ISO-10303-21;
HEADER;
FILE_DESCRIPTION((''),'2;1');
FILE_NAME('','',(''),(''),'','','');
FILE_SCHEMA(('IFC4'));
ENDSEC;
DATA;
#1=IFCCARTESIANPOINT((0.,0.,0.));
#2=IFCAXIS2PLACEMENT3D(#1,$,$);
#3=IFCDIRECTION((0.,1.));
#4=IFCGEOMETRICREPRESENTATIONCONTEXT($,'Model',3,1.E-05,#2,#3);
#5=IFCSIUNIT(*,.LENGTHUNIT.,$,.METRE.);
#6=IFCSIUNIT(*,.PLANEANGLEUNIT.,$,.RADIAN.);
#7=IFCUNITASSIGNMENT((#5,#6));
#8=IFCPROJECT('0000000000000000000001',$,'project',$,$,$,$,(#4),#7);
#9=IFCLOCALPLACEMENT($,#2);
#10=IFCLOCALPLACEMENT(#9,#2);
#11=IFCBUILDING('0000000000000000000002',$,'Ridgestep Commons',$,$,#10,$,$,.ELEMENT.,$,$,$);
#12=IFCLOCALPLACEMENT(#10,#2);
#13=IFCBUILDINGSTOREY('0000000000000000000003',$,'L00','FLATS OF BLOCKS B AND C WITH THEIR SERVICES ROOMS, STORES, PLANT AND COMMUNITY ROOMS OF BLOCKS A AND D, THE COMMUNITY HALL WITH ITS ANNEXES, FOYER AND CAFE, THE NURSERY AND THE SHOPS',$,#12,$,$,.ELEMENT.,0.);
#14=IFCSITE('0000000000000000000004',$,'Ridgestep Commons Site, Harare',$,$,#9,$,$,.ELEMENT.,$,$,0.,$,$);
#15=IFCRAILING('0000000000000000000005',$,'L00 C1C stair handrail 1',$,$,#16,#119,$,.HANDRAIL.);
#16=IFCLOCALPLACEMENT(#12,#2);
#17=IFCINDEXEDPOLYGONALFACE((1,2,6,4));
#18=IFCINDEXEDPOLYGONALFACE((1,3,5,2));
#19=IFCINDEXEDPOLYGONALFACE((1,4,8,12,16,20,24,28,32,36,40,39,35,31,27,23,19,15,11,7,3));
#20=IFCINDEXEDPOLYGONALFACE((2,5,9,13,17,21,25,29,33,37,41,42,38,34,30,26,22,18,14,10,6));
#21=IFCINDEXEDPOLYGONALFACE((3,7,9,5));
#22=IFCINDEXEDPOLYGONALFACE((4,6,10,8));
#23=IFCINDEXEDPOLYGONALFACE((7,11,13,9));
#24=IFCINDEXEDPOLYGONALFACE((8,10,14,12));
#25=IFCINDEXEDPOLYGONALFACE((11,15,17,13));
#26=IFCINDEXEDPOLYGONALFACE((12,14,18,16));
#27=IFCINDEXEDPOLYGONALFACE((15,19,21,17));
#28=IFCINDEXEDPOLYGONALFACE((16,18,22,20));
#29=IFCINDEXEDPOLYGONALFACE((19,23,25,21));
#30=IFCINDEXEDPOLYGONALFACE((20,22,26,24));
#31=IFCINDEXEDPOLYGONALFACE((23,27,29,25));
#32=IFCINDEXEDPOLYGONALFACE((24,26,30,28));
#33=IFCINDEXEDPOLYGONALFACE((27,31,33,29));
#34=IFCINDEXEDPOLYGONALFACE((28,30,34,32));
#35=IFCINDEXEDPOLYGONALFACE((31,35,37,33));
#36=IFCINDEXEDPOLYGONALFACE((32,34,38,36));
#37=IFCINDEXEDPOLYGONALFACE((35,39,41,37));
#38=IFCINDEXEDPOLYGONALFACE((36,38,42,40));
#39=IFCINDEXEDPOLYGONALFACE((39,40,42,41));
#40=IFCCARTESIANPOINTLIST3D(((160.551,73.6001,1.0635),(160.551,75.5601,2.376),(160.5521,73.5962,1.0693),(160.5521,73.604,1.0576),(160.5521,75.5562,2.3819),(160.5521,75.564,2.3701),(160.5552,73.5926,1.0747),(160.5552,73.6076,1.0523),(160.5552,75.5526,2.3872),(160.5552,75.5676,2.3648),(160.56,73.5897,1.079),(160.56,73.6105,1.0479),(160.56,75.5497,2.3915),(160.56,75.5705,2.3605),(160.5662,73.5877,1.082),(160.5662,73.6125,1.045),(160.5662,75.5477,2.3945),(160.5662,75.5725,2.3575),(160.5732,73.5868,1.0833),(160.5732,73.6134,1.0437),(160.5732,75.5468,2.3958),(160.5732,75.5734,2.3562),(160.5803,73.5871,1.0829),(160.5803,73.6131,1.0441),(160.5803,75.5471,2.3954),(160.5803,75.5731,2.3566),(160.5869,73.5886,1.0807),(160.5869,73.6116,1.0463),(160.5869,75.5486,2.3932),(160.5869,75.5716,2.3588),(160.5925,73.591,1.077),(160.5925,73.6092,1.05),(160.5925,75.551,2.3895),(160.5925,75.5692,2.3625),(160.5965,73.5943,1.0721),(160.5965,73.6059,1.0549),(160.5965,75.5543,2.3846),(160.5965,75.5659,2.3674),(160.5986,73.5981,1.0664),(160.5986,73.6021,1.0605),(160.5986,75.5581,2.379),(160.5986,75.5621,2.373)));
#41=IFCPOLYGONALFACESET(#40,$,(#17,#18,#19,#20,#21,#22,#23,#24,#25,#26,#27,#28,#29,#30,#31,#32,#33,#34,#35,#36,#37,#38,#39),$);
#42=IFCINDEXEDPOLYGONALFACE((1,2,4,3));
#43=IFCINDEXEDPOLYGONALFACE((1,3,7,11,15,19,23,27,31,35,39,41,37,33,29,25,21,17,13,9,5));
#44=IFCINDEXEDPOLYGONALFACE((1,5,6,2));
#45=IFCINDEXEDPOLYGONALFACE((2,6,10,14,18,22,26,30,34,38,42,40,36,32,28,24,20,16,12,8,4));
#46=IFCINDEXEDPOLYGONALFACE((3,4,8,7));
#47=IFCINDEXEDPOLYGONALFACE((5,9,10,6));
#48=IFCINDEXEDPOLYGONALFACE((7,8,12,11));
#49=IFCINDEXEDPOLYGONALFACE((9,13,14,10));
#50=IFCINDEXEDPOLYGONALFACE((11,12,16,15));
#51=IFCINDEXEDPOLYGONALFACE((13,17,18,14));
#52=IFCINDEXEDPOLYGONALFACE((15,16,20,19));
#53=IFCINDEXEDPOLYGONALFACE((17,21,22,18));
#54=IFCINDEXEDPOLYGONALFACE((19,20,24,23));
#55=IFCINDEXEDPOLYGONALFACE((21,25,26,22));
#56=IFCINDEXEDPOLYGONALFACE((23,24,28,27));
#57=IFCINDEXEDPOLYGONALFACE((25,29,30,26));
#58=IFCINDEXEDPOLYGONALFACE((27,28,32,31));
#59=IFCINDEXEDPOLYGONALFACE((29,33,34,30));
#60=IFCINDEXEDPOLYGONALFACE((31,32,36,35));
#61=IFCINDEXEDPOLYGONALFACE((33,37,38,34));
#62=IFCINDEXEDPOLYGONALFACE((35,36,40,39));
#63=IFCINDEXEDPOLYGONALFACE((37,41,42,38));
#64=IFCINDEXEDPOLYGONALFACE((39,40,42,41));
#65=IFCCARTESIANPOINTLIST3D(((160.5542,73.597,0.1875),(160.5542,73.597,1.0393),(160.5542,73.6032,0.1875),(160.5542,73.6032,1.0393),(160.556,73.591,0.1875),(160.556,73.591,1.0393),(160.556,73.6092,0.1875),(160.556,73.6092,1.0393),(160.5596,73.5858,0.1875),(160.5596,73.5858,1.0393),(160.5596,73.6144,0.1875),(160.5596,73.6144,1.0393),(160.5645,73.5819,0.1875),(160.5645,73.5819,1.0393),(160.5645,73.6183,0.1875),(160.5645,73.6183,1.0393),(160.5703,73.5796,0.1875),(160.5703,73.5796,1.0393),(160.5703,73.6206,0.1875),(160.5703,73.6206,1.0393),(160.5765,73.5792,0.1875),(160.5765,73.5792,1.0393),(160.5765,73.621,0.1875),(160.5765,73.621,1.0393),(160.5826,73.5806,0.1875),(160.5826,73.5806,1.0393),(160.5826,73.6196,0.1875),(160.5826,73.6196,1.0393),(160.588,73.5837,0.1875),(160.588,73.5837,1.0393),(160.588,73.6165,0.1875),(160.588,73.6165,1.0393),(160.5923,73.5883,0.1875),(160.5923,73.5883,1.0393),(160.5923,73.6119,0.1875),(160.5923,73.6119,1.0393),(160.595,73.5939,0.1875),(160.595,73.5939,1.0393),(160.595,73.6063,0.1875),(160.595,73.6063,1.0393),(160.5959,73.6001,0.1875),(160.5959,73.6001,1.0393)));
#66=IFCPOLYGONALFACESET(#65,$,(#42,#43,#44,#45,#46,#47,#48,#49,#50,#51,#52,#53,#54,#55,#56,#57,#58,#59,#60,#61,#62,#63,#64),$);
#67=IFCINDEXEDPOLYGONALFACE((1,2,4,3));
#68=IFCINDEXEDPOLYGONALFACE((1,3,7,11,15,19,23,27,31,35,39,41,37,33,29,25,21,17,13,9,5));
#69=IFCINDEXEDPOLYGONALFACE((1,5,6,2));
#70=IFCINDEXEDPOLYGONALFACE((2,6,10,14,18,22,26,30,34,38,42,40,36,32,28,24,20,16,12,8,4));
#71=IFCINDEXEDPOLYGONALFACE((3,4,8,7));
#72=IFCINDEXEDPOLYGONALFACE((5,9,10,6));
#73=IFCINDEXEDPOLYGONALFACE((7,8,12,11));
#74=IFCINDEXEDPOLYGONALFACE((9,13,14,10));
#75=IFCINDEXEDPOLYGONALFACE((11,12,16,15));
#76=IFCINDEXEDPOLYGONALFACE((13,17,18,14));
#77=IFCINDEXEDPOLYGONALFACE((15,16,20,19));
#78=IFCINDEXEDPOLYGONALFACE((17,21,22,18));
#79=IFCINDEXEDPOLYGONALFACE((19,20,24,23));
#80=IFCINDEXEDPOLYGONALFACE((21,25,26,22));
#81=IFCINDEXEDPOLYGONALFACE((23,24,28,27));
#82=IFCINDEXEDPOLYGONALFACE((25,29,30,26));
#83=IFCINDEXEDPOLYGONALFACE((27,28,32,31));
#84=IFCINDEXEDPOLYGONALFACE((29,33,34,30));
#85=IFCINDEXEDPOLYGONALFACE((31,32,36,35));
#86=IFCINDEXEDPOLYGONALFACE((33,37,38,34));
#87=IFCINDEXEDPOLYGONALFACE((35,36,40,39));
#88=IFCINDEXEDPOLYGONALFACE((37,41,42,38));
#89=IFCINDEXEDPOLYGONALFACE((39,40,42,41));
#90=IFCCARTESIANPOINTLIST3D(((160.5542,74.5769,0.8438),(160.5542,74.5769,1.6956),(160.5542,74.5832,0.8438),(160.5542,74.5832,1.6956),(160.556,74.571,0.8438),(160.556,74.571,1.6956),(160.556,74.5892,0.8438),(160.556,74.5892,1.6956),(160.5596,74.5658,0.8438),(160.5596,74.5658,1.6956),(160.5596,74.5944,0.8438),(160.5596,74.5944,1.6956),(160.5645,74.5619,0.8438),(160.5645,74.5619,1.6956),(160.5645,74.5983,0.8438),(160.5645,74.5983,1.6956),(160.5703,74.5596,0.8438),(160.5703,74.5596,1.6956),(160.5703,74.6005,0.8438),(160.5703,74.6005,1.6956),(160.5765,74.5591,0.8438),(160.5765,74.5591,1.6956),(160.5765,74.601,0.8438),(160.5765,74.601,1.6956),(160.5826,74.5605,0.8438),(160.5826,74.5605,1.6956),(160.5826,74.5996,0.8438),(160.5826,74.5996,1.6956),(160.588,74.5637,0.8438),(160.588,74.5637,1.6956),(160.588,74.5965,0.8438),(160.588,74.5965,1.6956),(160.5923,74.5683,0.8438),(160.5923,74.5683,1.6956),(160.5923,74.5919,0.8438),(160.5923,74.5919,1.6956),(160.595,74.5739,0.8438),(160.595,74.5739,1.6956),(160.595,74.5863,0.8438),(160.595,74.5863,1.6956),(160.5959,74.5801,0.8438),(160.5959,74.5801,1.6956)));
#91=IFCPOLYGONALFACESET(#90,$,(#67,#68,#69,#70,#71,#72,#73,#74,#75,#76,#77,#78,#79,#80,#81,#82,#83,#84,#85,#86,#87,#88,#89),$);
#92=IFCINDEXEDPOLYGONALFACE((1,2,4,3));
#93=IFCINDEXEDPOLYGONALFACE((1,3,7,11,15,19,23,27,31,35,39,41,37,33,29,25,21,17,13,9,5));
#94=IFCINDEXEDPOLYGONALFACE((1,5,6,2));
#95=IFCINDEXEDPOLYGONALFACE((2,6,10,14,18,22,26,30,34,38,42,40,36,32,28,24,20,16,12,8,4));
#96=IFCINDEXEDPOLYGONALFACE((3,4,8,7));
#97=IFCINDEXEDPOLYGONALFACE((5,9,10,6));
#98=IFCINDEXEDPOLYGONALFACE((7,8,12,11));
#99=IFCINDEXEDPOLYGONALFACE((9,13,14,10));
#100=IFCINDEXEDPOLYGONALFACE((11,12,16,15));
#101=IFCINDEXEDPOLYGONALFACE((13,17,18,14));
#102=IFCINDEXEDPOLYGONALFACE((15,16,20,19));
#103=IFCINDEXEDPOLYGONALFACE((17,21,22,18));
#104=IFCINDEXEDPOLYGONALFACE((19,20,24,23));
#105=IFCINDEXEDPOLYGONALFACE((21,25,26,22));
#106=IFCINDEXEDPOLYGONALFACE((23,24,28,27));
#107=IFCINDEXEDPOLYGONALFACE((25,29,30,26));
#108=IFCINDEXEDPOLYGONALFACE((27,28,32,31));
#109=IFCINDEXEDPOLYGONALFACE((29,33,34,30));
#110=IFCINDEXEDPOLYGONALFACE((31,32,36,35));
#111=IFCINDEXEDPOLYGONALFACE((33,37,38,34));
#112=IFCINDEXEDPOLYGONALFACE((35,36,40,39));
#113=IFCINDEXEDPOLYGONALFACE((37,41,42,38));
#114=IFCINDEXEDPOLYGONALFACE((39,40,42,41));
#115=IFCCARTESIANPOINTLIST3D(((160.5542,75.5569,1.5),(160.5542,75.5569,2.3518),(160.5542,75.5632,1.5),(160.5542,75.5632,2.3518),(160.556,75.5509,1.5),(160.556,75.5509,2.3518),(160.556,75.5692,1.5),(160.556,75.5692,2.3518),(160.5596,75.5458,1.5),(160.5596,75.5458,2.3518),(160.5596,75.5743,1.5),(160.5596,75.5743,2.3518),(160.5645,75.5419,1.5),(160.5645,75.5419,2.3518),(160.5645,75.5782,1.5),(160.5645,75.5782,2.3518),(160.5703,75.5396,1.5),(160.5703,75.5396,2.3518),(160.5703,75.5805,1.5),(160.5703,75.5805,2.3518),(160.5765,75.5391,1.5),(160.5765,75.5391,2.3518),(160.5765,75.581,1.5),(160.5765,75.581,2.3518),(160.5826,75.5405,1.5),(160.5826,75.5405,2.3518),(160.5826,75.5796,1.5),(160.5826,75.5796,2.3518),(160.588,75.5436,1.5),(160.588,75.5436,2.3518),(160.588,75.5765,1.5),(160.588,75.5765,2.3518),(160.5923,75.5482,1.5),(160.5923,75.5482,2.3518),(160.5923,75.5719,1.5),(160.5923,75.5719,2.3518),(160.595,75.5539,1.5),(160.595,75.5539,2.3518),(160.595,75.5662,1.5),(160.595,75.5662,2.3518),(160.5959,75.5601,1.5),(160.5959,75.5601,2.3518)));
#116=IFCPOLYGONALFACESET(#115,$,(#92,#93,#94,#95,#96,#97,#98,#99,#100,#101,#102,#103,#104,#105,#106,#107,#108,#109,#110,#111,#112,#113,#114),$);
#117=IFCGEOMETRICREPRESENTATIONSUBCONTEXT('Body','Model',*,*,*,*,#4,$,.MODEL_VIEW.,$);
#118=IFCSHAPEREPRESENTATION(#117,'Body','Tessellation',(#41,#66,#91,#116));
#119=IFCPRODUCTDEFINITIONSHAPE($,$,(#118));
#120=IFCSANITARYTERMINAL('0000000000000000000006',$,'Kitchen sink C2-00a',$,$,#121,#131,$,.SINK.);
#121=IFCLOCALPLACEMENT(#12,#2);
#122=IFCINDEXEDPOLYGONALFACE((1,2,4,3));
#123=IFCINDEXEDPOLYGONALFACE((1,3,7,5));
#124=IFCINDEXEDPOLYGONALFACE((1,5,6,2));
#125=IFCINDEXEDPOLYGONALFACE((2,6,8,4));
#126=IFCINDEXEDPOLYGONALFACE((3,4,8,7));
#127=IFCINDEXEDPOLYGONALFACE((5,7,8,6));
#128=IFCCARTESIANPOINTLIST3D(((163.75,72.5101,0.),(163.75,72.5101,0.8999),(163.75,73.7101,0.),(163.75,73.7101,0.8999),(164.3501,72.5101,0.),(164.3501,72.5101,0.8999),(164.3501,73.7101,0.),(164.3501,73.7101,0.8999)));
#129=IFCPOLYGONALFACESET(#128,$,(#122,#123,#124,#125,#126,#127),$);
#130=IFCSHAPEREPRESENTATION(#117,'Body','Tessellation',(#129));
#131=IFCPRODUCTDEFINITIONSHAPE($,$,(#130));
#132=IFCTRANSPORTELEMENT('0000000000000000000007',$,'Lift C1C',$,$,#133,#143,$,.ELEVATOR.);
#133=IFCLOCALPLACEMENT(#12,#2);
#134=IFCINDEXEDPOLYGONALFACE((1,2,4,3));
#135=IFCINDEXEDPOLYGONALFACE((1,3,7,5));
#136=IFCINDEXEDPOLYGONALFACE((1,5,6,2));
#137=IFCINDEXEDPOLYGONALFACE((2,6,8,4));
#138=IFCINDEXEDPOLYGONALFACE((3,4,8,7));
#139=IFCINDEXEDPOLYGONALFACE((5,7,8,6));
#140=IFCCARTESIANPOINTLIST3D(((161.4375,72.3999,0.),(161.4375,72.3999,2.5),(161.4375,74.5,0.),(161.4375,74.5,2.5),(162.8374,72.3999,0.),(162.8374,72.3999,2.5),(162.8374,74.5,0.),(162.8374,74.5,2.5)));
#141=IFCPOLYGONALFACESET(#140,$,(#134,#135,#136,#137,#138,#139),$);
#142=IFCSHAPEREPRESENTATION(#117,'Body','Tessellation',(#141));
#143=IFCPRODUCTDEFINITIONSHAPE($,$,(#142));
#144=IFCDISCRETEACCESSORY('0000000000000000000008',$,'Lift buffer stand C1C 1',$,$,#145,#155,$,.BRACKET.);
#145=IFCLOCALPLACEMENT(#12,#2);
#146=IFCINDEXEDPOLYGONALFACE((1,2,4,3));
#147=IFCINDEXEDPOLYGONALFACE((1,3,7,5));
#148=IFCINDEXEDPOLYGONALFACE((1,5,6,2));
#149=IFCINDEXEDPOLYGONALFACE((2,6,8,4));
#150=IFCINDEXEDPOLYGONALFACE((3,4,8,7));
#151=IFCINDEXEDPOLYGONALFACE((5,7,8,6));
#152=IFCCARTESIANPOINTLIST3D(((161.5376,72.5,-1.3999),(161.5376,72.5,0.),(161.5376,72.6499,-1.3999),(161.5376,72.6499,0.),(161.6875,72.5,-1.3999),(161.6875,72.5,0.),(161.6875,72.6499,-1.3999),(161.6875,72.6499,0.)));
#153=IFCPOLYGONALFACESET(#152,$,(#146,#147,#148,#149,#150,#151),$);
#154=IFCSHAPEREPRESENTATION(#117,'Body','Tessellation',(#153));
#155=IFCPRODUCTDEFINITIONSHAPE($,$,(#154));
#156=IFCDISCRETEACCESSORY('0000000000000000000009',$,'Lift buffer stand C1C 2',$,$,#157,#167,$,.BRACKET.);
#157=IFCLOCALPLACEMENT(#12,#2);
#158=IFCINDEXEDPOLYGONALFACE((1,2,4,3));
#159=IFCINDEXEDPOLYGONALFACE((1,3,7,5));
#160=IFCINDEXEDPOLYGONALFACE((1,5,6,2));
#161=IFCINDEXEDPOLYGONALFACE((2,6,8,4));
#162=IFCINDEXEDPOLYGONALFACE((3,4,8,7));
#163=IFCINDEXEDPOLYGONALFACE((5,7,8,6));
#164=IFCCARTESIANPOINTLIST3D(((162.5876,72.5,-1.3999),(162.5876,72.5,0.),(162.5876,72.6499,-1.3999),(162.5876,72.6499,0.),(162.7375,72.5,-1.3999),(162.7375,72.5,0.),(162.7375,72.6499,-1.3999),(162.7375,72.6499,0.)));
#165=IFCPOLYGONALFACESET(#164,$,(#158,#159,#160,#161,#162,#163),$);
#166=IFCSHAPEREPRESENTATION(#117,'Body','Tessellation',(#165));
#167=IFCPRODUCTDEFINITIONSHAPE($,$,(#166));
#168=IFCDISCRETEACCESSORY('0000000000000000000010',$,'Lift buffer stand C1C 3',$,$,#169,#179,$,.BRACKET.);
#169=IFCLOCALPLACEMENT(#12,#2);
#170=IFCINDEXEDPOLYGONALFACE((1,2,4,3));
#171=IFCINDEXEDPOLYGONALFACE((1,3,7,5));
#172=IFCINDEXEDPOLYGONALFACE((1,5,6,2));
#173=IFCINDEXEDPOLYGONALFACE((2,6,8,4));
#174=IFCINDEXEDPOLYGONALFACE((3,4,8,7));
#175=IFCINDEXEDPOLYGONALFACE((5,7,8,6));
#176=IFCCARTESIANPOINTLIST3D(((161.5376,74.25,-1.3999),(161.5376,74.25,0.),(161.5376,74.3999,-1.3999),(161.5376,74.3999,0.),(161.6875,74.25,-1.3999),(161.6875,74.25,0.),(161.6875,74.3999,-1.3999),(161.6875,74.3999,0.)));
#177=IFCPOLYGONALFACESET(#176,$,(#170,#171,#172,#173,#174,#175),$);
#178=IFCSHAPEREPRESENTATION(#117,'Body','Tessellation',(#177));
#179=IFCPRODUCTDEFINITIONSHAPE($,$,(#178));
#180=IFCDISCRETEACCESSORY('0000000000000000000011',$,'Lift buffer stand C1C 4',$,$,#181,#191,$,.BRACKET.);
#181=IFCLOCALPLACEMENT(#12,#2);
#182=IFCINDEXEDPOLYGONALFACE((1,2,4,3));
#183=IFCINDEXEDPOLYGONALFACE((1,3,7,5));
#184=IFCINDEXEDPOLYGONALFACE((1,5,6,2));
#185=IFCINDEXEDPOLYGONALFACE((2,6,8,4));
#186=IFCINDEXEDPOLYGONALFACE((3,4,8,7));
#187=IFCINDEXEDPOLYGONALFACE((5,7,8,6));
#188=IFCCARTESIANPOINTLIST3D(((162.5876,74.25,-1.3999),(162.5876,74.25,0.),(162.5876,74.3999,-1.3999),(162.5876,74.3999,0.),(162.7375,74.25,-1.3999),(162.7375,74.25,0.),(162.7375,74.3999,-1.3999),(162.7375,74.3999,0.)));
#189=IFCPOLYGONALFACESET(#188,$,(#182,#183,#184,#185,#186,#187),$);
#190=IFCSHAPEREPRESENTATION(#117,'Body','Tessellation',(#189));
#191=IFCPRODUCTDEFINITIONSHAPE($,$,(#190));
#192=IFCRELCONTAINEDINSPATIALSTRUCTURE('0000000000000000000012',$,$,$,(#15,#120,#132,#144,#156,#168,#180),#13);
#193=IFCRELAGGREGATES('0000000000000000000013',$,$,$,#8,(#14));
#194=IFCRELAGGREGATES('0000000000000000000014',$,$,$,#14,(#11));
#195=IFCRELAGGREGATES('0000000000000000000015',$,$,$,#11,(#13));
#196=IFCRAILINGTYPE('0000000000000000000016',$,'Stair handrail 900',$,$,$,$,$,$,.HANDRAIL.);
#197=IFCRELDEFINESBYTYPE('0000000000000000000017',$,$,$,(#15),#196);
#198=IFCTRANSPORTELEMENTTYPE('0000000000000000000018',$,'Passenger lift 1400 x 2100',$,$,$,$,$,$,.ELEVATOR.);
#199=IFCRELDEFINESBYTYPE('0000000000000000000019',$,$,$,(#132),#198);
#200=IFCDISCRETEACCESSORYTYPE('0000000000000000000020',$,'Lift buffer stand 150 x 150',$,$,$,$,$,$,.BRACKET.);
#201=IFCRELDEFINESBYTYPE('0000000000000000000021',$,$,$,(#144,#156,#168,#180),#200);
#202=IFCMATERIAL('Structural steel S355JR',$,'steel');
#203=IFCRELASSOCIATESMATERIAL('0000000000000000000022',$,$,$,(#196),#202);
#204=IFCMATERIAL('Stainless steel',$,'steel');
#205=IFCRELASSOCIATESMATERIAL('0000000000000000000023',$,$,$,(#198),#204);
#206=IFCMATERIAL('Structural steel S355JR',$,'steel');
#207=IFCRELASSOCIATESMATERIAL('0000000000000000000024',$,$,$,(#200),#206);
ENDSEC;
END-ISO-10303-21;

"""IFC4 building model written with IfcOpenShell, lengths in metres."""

from ifc_helpers import new_model, si_unit, direction, frame, origin, origin_2d, place, context, subcontext, project, spatial, rectangle, circle, extrude, material, type_object, element, save


model = new_model("IFC4")

# Units and contexts
model_context = context("Model", 3, precision=1e-05, world=origin(), true_north=direction((0.0, 1.0)))
body_context = subcontext(model_context, "Body", "Model", "MODEL_VIEW")
ifc_project = project(units=[si_unit("LENGTHUNIT", "METRE"), si_unit("PLANEANGLEUNIT", "RADIAN")], contexts=[model_context])

# Site, building, storey
site_placement = place(None, origin())
site = spatial("IfcSite", under=ifc_project, at=site_placement, Name="Ridgestep Commons Site, Harare", CompositionType="ELEMENT", RefElevation=0.0)
building_placement = place(site_placement, origin())
building = spatial("IfcBuilding", under=site, at=building_placement, Name="Ridgestep Commons", CompositionType="ELEMENT")
storey_placement = place(building_placement, origin())
storey = spatial("IfcBuildingStorey", under=building, at=storey_placement, Name="L00", Description="FLATS OF BLOCKS B AND C WITH THEIR SERVICES ROOMS, STORES, PLANT AND COMMUNITY ROOMS OF BLOCKS A AND D, THE COMMUNITY HALL WITH ITS ANNEXES, FOYER AND CAFE, THE NURSERY AND THE SHOPS", CompositionType="ELEMENT", Elevation=0.0)

# Railing
ifc_material_1 = material(Name="Structural steel S355JR", Category="steel")
railing_type = type_object("IfcRailingType", Name="Stair handrail 900", PredefinedType="HANDRAIL", material=ifc_material_1)
railing_placement = place(storey_placement, frame((160.575, 73.6001, 0.1875)))
element("IfcRailing", 1, at=railing_placement, inside=storey, type_object=railing_type, Name="L00 C1C stair handrail 1", PredefinedType="HANDRAIL", context=body_context, shape_type="SweptSolid", body=[
    extrude(circle(Radius=0.0239, at=origin_2d()), frame((0.0, 0.0, 0.876), z_axis=(0.0, 0.830902, 0.556419), x_axis=(-1.0, 0.0, 0.0)), (0.0, 0.0, 1.0), 2.3589),
    extrude(circle(Radius=0.021, at=origin_2d()), origin(), (0.0, 0.0, 1.0), 0.8518),
    extrude(circle(Radius=0.021, at=origin_2d()), frame((0.0, 0.98, 0.6562)), (0.0, 0.0, 1.0), 0.8518),
    extrude(circle(Radius=0.021, at=origin_2d()), frame((0.0, 1.96, 1.3125)), (0.0, 0.0, 1.0), 0.8518),
])

# Sanitary terminal
sanitary_terminal_placement = place(storey_placement, frame((164.05, 73.1101, 0.0), z_axis=(0.0, 0.0, 1.0), x_axis=(1.0, 0.0, 0.0)))
element("IfcSanitaryTerminal", 2, at=sanitary_terminal_placement, inside=storey, Name="Kitchen sink C2-00a", PredefinedType="SINK", context=body_context, shape_type="SweptSolid", body=[
    extrude(rectangle(XDim=0.6001, YDim=1.2, at=origin_2d()), origin(), (0.0, 0.0, 1.0), 0.8999),
])

# Transport element
ifc_material_2 = material(Name="Stainless steel", Category="steel")
transport_element_type = type_object("IfcTransportElementType", Name="Passenger lift 1400 x 2100", PredefinedType="ELEVATOR", material=ifc_material_2)
transport_element_placement = place(storey_placement, frame((162.1375, 73.45, 0.0), z_axis=(0.0, 0.0, 1.0), x_axis=(1.0, 0.0, 0.0)))
element("IfcTransportElement", 3, at=transport_element_placement, inside=storey, type_object=transport_element_type, Name="Lift C1C", PredefinedType="ELEVATOR", context=body_context, shape_type="SweptSolid", body=[
    extrude(rectangle(XDim=1.3999, YDim=2.1001, at=origin_2d()), origin(), (0.0, 0.0, 1.0), 2.5),
])

# Discrete accessories
ifc_material_3 = material(Name="Structural steel S355JR", Category="steel")
discrete_accessory_type = type_object("IfcDiscreteAccessoryType", Name="Lift buffer stand 150 x 150", PredefinedType="BRACKET", material=ifc_material_3)
for number, where, z_axis, x_axis, name in (
    (4, (161.6125, 72.575, -1.3999), (0.0, 0.0, 1.0), (1.0, 0.0, 0.0), "Lift buffer stand C1C 1"),
    (5, (162.6626, 72.575, -1.3999), (0.0, 0.0, 1.0), (1.0, 0.0, 0.0), "Lift buffer stand C1C 2"),
    (6, (161.6125, 74.325, -1.3999), (0.0, 0.0, 1.0), (1.0, 0.0, 0.0), "Lift buffer stand C1C 3"),
    (7, (162.6626, 74.325, -1.3999), (0.0, 0.0, 1.0), (1.0, 0.0, 0.0), "Lift buffer stand C1C 4"),
):
    element("IfcDiscreteAccessory", number, at=place(storey_placement, frame(where, z_axis=z_axis, x_axis=x_axis)), inside=storey, type_object=discrete_accessory_type, Name=name, PredefinedType="BRACKET", context=body_context, shape_type="SweptSolid", body=[
        extrude(rectangle(XDim=0.1499, YDim=0.1499, at=origin_2d()), origin(), (0.0, 0.0, 1.0), 1.3999),
    ])

save(model, "model.ifc")
